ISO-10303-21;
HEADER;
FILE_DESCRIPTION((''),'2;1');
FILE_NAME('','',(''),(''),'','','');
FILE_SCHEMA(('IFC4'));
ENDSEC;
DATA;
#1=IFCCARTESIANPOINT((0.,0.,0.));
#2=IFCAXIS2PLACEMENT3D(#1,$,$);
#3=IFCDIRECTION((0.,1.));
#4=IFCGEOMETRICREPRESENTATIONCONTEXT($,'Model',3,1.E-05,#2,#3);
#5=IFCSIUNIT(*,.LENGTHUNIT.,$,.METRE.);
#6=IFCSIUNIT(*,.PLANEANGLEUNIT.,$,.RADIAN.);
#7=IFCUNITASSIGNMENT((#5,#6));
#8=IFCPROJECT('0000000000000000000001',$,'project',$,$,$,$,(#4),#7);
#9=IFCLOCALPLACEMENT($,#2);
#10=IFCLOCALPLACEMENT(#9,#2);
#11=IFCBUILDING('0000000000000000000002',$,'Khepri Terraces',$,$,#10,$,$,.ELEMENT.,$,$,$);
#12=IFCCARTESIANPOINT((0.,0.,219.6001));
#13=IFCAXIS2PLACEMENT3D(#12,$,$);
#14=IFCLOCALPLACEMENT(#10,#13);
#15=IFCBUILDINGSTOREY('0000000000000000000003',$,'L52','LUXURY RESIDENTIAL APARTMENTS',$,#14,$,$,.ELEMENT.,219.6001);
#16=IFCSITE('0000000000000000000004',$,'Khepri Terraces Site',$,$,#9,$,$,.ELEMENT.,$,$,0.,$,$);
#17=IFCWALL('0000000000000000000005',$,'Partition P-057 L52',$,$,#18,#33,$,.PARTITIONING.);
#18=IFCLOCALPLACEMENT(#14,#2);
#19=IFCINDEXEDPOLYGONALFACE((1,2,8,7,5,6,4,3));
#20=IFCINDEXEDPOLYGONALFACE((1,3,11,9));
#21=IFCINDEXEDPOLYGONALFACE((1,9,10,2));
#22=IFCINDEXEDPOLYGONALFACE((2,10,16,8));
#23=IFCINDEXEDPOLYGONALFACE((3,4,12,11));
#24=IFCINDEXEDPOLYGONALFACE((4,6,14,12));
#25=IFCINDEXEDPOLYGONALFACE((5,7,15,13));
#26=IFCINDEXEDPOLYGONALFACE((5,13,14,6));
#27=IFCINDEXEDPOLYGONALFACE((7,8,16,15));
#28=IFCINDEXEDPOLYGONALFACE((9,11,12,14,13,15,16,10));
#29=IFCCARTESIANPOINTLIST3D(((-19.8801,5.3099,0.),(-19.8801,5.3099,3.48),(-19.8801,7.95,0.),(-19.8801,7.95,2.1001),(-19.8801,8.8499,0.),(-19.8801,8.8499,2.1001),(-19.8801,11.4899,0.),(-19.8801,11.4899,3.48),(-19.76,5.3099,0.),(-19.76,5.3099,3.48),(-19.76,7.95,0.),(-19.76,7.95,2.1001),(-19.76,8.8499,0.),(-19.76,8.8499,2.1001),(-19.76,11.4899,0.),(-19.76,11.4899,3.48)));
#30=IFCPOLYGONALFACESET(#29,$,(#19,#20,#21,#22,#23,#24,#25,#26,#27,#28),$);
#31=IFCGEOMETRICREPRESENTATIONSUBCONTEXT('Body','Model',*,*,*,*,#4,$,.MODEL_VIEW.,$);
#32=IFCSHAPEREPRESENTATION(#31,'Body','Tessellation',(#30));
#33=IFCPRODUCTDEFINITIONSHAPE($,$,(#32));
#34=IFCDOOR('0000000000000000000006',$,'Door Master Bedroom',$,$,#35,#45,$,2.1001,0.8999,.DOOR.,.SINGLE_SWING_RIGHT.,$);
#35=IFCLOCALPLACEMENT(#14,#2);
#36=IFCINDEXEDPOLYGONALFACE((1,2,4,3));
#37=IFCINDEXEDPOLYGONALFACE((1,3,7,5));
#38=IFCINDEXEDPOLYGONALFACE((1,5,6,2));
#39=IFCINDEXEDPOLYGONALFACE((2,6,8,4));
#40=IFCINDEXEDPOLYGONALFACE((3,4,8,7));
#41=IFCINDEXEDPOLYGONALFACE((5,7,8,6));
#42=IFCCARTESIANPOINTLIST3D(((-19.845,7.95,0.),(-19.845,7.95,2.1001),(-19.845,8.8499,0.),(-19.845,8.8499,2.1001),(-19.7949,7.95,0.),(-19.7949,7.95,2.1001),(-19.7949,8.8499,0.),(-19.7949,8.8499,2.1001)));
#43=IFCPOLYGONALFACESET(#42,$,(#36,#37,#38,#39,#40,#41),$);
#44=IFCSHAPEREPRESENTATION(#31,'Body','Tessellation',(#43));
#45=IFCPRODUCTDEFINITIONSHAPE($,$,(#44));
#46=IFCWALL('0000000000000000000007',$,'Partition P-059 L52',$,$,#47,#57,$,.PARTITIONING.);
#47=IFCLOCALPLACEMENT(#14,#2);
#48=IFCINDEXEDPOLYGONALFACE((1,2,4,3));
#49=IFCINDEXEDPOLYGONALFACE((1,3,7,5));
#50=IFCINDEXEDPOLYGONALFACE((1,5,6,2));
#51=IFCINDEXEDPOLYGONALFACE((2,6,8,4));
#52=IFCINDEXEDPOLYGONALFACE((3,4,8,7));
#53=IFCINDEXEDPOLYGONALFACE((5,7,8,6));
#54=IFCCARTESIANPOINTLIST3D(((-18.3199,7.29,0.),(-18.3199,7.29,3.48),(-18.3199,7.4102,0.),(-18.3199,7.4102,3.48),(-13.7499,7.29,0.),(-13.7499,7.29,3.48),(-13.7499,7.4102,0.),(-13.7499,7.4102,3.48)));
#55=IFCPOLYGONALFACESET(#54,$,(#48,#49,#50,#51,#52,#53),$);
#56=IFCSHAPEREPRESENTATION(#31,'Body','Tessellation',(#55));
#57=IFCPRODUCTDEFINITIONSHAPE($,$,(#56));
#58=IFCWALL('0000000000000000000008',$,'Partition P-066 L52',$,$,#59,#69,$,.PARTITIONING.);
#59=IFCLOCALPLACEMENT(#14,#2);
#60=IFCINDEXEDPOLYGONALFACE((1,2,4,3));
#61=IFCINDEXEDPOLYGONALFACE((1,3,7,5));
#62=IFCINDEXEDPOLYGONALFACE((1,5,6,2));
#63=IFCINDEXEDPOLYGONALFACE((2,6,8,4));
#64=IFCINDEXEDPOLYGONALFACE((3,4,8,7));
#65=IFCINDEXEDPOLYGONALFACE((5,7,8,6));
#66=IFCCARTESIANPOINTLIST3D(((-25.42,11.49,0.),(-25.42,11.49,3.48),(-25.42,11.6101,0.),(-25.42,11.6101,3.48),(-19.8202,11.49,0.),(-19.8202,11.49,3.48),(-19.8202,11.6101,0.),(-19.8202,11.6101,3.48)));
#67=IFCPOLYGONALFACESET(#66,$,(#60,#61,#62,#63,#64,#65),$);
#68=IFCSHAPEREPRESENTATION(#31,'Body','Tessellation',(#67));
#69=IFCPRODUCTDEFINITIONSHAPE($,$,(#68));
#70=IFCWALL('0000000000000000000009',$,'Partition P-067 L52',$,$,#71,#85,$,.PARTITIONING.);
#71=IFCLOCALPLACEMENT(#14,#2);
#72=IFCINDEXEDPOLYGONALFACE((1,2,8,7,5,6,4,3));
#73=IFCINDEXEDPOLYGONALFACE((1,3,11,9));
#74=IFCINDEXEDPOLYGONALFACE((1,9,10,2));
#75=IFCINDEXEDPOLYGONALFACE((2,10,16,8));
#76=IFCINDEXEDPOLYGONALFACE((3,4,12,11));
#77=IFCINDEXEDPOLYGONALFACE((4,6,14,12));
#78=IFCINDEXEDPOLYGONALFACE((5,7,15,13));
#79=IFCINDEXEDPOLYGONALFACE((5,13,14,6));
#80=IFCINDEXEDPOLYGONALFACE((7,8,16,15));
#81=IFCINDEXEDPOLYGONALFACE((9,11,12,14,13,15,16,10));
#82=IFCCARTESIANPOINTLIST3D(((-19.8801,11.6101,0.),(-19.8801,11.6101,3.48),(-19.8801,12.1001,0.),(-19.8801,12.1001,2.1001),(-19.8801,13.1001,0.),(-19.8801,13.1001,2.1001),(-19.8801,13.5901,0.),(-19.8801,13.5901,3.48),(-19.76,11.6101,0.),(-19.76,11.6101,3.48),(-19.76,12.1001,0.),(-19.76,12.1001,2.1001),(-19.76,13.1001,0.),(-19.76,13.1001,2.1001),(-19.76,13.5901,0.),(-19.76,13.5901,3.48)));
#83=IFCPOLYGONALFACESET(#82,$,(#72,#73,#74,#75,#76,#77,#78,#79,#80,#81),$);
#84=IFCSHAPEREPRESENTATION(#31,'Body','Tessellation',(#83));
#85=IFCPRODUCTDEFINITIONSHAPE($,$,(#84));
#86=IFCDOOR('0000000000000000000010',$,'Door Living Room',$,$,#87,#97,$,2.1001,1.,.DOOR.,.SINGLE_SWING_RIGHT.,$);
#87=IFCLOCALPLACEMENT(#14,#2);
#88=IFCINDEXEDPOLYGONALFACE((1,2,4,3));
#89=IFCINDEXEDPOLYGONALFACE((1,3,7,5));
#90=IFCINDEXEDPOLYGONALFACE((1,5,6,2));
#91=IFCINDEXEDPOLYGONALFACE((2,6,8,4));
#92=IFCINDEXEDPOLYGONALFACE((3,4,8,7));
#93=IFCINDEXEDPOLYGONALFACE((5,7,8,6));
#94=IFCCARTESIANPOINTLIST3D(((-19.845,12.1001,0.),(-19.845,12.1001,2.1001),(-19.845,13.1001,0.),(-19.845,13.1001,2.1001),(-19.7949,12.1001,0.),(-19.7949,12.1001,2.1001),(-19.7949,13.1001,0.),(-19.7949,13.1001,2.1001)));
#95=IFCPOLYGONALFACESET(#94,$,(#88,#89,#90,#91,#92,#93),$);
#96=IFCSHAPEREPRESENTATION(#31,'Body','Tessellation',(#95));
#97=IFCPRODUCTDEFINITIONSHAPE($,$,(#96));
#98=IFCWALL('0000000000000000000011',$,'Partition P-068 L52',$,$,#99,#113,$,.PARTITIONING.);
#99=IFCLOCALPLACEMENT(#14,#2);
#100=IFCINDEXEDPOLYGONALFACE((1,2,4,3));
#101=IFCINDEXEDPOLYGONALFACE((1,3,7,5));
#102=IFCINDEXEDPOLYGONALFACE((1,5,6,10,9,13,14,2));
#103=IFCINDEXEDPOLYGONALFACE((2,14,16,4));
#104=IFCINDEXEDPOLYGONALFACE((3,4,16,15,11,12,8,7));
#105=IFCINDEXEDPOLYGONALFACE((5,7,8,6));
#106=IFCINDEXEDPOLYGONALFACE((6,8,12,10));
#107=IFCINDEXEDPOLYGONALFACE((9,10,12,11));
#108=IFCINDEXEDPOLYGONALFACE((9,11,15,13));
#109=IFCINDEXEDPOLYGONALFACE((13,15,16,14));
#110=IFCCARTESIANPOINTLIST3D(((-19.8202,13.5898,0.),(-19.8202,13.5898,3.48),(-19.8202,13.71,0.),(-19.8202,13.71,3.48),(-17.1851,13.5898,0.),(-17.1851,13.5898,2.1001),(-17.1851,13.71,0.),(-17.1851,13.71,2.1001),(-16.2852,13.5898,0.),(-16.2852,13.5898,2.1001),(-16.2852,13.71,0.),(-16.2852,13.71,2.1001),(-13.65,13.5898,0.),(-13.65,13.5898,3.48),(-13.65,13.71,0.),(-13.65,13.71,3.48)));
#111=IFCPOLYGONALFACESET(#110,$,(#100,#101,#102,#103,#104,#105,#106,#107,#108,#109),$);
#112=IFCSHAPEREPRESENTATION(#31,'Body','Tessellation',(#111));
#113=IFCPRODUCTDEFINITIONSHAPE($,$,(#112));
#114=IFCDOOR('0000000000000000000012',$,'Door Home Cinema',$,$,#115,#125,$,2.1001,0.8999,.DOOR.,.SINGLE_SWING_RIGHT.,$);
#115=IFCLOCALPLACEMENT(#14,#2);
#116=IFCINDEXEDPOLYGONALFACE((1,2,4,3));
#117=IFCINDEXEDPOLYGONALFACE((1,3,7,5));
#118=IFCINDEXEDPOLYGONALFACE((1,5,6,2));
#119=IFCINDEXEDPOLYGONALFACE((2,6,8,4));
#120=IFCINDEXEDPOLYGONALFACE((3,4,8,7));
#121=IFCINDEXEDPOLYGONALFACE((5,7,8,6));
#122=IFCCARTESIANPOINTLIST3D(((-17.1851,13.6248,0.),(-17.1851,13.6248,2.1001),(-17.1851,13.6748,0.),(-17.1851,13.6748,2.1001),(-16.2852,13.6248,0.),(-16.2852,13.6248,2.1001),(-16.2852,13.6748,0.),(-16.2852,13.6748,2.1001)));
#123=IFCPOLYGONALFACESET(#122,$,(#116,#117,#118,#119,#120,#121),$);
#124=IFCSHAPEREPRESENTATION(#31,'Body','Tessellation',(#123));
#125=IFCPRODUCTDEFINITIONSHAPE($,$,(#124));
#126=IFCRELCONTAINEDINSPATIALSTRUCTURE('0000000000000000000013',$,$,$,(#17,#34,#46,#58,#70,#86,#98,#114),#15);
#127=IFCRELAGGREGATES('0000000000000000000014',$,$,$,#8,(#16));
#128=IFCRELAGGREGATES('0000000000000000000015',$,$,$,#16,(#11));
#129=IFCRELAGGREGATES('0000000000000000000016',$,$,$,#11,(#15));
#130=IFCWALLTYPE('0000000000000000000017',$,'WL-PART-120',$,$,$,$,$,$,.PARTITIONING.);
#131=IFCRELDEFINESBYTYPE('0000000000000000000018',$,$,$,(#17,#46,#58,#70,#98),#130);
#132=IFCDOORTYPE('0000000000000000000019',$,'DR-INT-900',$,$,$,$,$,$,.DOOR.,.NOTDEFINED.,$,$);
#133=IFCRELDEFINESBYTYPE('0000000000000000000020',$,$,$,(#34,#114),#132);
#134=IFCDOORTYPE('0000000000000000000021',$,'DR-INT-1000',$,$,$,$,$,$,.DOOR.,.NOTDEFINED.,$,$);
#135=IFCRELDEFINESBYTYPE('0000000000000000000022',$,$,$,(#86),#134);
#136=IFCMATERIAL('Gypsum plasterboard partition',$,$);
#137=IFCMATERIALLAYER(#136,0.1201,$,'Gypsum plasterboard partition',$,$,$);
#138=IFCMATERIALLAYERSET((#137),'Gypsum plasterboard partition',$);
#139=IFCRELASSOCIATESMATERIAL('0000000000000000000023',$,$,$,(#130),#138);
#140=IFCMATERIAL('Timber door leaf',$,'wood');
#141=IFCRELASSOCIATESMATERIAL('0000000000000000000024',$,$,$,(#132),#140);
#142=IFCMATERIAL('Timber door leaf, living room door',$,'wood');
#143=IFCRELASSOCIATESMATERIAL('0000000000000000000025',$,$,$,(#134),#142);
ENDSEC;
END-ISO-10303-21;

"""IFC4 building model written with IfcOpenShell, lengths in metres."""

from ifc_helpers import new_model, si_unit, direction, frame, frame_2d, origin, place, context, subcontext, project, spatial, rectangle, extrude, material, layer, layer_set, type_object, element, fill, save


model = new_model("IFC4")

# Units and contexts
model_context = context("Model", 3, precision=1e-05, world=origin(), true_north=direction((0.0, 1.0)))
body_context = subcontext(model_context, "Body", "Model", "MODEL_VIEW")
ifc_project = project(units=[si_unit("LENGTHUNIT", "METRE"), si_unit("PLANEANGLEUNIT", "RADIAN")], contexts=[model_context])

# Site, building, storey
site_placement = place(None, origin())
site = spatial("IfcSite", under=ifc_project, at=site_placement, Name="Khepri Terraces Site", CompositionType="ELEMENT", RefElevation=0.0)
building_placement = place(site_placement, origin())
building = spatial("IfcBuilding", under=site, at=building_placement, Name="Khepri Terraces", CompositionType="ELEMENT")
storey_placement = place(building_placement, frame((0.0, 0.0, 219.6001)))
storey = spatial("IfcBuildingStorey", under=building, at=storey_placement, Name="L52", Description="LUXURY RESIDENTIAL APARTMENTS", CompositionType="ELEMENT", Elevation=219.6001)

# Shared definitions
ifc_material_1 = material(Name="Gypsum plasterboard partition")
ifc_layer_1 = layer(ifc_material_1, 0.1201, Name="Gypsum plasterboard partition")
ifc_layer_set_1 = layer_set([ifc_layer_1], Name="Gypsum plasterboard partition")
wall_type_1 = type_object("IfcWallType", Name="WL-PART-120", PredefinedType="PARTITIONING", material=ifc_layer_set_1)

# Shared definitions
ifc_material_2 = material(Name="Timber door leaf", Category="wood")
door_type_1 = type_object("IfcDoorType", Name="DR-INT-900", OperationType="NOTDEFINED", PredefinedType="DOOR", material=ifc_material_2)

# Wall, opening, door
wall_1_placement = place(storey_placement, frame((-19.8201, 5.3101, 0.0), z_axis=(0.0, 0.0, 1.0), x_axis=(0.0, 1.0, 0.0)))
wall_1 = element("IfcWall", 1, at=wall_1_placement, inside=storey, type_object=wall_type_1, Name="Partition P-057 L52", PredefinedType="PARTITIONING", context=body_context, shape_type="SweptSolid", body=[
    extrude(rectangle(XDim=6.1799, YDim=0.1201, at=frame_2d((3.0898, 0.0))), origin(), (0.0, 0.0, 1.0), 3.48),
])
opening_1_placement = place(wall_1_placement, frame((2.6399, 0.0, 0.0)))
opening_1 = element("IfcOpeningElement", 2, at=opening_1_placement, cuts=wall_1, PredefinedType="OPENING", context=body_context, shape_type="SweptSolid", body=[
    extrude(rectangle(XDim=0.8999, YDim=2.1001, at=frame_2d((0.45, 1.05))), frame((0.0, 0.0701, 0.0), z_axis=(0.0, -1.0, 0.0), x_axis=(1.0, 0.0, 0.0)), (0.0, 0.0, 1.0), 0.1401),
])
door_1_placement = place(opening_1_placement, origin())
door_1 = element("IfcDoor", 3, at=door_1_placement, inside=storey, type_object=door_type_1, Name="Door Master Bedroom", OperationType="SINGLE_SWING_RIGHT", OverallHeight=2.1001, OverallWidth=0.8999, PredefinedType="DOOR", context=body_context, shape_type="SweptSolid", body=[
    extrude(rectangle(XDim=0.8999, YDim=2.1001, at=frame_2d((0.45, 1.05))), frame((0.0, 0.0249, 0.0), z_axis=(0.0, -1.0, 0.0), x_axis=(1.0, 0.0, 0.0)), (0.0, 0.0, 1.0), 0.05),
])
fill(opening_1, door_1)

# Walls
wall_2_placement = place(storey_placement, frame((-18.3201, 7.3501, 0.0), z_axis=(0.0, 0.0, 1.0), x_axis=(1.0, 0.0, 0.0)))
element("IfcWall", 4, at=wall_2_placement, inside=storey, type_object=wall_type_1, Name="Partition P-059 L52", PredefinedType="PARTITIONING", context=body_context, shape_type="SweptSolid", body=[
    extrude(rectangle(XDim=4.5701, YDim=0.1201, at=frame_2d((2.2852, 0.0))), origin(), (0.0, 0.0, 1.0), 3.48),
])
wall_3_placement = place(storey_placement, frame((-25.4199, 11.55, 0.0), z_axis=(0.0, 0.0, 1.0), x_axis=(1.0, 0.0, 0.0)))
element("IfcWall", 5, at=wall_3_placement, inside=storey, type_object=wall_type_1, Name="Partition P-066 L52", PredefinedType="PARTITIONING", context=body_context, shape_type="SweptSolid", body=[
    extrude(rectangle(XDim=5.5999, YDim=0.1201, at=frame_2d((2.7998, 0.0))), origin(), (0.0, 0.0, 1.0), 3.48),
])

# Walls, openings, doors
wall_4_placement = place(storey_placement, frame((-19.8201, 11.6101, 0.0), z_axis=(0.0, 0.0, 1.0), x_axis=(0.0, 1.0, 0.0)))
wall_4 = element("IfcWall", 6, at=wall_4_placement, inside=storey, type_object=wall_type_1, Name="Partition P-067 L52", PredefinedType="PARTITIONING", context=body_context, shape_type="SweptSolid", body=[
    extrude(rectangle(XDim=1.98, YDim=0.1201, at=frame_2d((0.99, 0.0))), origin(), (0.0, 0.0, 1.0), 3.48),
])
opening_2_placement = place(wall_4_placement, frame((0.49, 0.0, 0.0)))
opening_2 = element("IfcOpeningElement", 7, at=opening_2_placement, cuts=wall_4, PredefinedType="OPENING", context=body_context, shape_type="SweptSolid", body=[
    extrude(rectangle(XDim=1.0, YDim=2.1001, at=frame_2d((0.5, 1.05))), frame((0.0, 0.0701, 0.0), z_axis=(0.0, -1.0, 0.0), x_axis=(1.0, 0.0, 0.0)), (0.0, 0.0, 1.0), 0.1401),
])
ifc_material_3 = material(Name="Timber door leaf, living room door", Category="wood")
door_type_2 = type_object("IfcDoorType", Name="DR-INT-1000", OperationType="NOTDEFINED", PredefinedType="DOOR", material=ifc_material_3)
door_2_placement = place(opening_2_placement, origin())
door_2 = element("IfcDoor", 8, at=door_2_placement, inside=storey, type_object=door_type_2, Name="Door Living Room", OperationType="SINGLE_SWING_RIGHT", OverallHeight=2.1001, OverallWidth=1.0, PredefinedType="DOOR", context=body_context, shape_type="SweptSolid", body=[
    extrude(rectangle(XDim=1.0, YDim=2.1001, at=frame_2d((0.5, 1.05))), frame((0.0, 0.0249, 0.0), z_axis=(0.0, -1.0, 0.0), x_axis=(1.0, 0.0, 0.0)), (0.0, 0.0, 1.0), 0.05),
])
fill(opening_2, door_2)
wall_5_placement = place(storey_placement, frame((-19.8201, 13.6499, 0.0), z_axis=(0.0, 0.0, 1.0), x_axis=(1.0, 0.0, 0.0)))
wall_5 = element("IfcWall", 9, at=wall_5_placement, inside=storey, type_object=wall_type_1, Name="Partition P-068 L52", PredefinedType="PARTITIONING", context=body_context, shape_type="SweptSolid", body=[
    extrude(rectangle(XDim=6.1702, YDim=0.1201, at=frame_2d((3.085, 0.0))), origin(), (0.0, 0.0, 1.0), 3.48),
])
opening_3_placement = place(wall_5_placement, frame((2.635, 0.0, 0.0)))
opening_3 = element("IfcOpeningElement", 10, at=opening_3_placement, cuts=wall_5, PredefinedType="OPENING", context=body_context, shape_type="SweptSolid", body=[
    extrude(rectangle(XDim=0.8999, YDim=2.1001, at=frame_2d((0.45, 1.05))), frame((0.0, 0.0701, 0.0), z_axis=(0.0, -1.0, 0.0), x_axis=(1.0, 0.0, 0.0)), (0.0, 0.0, 1.0), 0.1401),
])
door_3_placement = place(opening_3_placement, origin())
door_3 = element("IfcDoor", 11, at=door_3_placement, inside=storey, type_object=door_type_1, Name="Door Home Cinema", OperationType="SINGLE_SWING_RIGHT", OverallHeight=2.1001, OverallWidth=0.8999, PredefinedType="DOOR", context=body_context, shape_type="SweptSolid", body=[
    extrude(rectangle(XDim=0.8999, YDim=2.1001, at=frame_2d((0.45, 1.05))), frame((0.0, 0.0249, 0.0), z_axis=(0.0, -1.0, 0.0), x_axis=(1.0, 0.0, 0.0)), (0.0, 0.0, 1.0), 0.05),
])
fill(opening_3, door_3)

save(model, "model.ifc")
